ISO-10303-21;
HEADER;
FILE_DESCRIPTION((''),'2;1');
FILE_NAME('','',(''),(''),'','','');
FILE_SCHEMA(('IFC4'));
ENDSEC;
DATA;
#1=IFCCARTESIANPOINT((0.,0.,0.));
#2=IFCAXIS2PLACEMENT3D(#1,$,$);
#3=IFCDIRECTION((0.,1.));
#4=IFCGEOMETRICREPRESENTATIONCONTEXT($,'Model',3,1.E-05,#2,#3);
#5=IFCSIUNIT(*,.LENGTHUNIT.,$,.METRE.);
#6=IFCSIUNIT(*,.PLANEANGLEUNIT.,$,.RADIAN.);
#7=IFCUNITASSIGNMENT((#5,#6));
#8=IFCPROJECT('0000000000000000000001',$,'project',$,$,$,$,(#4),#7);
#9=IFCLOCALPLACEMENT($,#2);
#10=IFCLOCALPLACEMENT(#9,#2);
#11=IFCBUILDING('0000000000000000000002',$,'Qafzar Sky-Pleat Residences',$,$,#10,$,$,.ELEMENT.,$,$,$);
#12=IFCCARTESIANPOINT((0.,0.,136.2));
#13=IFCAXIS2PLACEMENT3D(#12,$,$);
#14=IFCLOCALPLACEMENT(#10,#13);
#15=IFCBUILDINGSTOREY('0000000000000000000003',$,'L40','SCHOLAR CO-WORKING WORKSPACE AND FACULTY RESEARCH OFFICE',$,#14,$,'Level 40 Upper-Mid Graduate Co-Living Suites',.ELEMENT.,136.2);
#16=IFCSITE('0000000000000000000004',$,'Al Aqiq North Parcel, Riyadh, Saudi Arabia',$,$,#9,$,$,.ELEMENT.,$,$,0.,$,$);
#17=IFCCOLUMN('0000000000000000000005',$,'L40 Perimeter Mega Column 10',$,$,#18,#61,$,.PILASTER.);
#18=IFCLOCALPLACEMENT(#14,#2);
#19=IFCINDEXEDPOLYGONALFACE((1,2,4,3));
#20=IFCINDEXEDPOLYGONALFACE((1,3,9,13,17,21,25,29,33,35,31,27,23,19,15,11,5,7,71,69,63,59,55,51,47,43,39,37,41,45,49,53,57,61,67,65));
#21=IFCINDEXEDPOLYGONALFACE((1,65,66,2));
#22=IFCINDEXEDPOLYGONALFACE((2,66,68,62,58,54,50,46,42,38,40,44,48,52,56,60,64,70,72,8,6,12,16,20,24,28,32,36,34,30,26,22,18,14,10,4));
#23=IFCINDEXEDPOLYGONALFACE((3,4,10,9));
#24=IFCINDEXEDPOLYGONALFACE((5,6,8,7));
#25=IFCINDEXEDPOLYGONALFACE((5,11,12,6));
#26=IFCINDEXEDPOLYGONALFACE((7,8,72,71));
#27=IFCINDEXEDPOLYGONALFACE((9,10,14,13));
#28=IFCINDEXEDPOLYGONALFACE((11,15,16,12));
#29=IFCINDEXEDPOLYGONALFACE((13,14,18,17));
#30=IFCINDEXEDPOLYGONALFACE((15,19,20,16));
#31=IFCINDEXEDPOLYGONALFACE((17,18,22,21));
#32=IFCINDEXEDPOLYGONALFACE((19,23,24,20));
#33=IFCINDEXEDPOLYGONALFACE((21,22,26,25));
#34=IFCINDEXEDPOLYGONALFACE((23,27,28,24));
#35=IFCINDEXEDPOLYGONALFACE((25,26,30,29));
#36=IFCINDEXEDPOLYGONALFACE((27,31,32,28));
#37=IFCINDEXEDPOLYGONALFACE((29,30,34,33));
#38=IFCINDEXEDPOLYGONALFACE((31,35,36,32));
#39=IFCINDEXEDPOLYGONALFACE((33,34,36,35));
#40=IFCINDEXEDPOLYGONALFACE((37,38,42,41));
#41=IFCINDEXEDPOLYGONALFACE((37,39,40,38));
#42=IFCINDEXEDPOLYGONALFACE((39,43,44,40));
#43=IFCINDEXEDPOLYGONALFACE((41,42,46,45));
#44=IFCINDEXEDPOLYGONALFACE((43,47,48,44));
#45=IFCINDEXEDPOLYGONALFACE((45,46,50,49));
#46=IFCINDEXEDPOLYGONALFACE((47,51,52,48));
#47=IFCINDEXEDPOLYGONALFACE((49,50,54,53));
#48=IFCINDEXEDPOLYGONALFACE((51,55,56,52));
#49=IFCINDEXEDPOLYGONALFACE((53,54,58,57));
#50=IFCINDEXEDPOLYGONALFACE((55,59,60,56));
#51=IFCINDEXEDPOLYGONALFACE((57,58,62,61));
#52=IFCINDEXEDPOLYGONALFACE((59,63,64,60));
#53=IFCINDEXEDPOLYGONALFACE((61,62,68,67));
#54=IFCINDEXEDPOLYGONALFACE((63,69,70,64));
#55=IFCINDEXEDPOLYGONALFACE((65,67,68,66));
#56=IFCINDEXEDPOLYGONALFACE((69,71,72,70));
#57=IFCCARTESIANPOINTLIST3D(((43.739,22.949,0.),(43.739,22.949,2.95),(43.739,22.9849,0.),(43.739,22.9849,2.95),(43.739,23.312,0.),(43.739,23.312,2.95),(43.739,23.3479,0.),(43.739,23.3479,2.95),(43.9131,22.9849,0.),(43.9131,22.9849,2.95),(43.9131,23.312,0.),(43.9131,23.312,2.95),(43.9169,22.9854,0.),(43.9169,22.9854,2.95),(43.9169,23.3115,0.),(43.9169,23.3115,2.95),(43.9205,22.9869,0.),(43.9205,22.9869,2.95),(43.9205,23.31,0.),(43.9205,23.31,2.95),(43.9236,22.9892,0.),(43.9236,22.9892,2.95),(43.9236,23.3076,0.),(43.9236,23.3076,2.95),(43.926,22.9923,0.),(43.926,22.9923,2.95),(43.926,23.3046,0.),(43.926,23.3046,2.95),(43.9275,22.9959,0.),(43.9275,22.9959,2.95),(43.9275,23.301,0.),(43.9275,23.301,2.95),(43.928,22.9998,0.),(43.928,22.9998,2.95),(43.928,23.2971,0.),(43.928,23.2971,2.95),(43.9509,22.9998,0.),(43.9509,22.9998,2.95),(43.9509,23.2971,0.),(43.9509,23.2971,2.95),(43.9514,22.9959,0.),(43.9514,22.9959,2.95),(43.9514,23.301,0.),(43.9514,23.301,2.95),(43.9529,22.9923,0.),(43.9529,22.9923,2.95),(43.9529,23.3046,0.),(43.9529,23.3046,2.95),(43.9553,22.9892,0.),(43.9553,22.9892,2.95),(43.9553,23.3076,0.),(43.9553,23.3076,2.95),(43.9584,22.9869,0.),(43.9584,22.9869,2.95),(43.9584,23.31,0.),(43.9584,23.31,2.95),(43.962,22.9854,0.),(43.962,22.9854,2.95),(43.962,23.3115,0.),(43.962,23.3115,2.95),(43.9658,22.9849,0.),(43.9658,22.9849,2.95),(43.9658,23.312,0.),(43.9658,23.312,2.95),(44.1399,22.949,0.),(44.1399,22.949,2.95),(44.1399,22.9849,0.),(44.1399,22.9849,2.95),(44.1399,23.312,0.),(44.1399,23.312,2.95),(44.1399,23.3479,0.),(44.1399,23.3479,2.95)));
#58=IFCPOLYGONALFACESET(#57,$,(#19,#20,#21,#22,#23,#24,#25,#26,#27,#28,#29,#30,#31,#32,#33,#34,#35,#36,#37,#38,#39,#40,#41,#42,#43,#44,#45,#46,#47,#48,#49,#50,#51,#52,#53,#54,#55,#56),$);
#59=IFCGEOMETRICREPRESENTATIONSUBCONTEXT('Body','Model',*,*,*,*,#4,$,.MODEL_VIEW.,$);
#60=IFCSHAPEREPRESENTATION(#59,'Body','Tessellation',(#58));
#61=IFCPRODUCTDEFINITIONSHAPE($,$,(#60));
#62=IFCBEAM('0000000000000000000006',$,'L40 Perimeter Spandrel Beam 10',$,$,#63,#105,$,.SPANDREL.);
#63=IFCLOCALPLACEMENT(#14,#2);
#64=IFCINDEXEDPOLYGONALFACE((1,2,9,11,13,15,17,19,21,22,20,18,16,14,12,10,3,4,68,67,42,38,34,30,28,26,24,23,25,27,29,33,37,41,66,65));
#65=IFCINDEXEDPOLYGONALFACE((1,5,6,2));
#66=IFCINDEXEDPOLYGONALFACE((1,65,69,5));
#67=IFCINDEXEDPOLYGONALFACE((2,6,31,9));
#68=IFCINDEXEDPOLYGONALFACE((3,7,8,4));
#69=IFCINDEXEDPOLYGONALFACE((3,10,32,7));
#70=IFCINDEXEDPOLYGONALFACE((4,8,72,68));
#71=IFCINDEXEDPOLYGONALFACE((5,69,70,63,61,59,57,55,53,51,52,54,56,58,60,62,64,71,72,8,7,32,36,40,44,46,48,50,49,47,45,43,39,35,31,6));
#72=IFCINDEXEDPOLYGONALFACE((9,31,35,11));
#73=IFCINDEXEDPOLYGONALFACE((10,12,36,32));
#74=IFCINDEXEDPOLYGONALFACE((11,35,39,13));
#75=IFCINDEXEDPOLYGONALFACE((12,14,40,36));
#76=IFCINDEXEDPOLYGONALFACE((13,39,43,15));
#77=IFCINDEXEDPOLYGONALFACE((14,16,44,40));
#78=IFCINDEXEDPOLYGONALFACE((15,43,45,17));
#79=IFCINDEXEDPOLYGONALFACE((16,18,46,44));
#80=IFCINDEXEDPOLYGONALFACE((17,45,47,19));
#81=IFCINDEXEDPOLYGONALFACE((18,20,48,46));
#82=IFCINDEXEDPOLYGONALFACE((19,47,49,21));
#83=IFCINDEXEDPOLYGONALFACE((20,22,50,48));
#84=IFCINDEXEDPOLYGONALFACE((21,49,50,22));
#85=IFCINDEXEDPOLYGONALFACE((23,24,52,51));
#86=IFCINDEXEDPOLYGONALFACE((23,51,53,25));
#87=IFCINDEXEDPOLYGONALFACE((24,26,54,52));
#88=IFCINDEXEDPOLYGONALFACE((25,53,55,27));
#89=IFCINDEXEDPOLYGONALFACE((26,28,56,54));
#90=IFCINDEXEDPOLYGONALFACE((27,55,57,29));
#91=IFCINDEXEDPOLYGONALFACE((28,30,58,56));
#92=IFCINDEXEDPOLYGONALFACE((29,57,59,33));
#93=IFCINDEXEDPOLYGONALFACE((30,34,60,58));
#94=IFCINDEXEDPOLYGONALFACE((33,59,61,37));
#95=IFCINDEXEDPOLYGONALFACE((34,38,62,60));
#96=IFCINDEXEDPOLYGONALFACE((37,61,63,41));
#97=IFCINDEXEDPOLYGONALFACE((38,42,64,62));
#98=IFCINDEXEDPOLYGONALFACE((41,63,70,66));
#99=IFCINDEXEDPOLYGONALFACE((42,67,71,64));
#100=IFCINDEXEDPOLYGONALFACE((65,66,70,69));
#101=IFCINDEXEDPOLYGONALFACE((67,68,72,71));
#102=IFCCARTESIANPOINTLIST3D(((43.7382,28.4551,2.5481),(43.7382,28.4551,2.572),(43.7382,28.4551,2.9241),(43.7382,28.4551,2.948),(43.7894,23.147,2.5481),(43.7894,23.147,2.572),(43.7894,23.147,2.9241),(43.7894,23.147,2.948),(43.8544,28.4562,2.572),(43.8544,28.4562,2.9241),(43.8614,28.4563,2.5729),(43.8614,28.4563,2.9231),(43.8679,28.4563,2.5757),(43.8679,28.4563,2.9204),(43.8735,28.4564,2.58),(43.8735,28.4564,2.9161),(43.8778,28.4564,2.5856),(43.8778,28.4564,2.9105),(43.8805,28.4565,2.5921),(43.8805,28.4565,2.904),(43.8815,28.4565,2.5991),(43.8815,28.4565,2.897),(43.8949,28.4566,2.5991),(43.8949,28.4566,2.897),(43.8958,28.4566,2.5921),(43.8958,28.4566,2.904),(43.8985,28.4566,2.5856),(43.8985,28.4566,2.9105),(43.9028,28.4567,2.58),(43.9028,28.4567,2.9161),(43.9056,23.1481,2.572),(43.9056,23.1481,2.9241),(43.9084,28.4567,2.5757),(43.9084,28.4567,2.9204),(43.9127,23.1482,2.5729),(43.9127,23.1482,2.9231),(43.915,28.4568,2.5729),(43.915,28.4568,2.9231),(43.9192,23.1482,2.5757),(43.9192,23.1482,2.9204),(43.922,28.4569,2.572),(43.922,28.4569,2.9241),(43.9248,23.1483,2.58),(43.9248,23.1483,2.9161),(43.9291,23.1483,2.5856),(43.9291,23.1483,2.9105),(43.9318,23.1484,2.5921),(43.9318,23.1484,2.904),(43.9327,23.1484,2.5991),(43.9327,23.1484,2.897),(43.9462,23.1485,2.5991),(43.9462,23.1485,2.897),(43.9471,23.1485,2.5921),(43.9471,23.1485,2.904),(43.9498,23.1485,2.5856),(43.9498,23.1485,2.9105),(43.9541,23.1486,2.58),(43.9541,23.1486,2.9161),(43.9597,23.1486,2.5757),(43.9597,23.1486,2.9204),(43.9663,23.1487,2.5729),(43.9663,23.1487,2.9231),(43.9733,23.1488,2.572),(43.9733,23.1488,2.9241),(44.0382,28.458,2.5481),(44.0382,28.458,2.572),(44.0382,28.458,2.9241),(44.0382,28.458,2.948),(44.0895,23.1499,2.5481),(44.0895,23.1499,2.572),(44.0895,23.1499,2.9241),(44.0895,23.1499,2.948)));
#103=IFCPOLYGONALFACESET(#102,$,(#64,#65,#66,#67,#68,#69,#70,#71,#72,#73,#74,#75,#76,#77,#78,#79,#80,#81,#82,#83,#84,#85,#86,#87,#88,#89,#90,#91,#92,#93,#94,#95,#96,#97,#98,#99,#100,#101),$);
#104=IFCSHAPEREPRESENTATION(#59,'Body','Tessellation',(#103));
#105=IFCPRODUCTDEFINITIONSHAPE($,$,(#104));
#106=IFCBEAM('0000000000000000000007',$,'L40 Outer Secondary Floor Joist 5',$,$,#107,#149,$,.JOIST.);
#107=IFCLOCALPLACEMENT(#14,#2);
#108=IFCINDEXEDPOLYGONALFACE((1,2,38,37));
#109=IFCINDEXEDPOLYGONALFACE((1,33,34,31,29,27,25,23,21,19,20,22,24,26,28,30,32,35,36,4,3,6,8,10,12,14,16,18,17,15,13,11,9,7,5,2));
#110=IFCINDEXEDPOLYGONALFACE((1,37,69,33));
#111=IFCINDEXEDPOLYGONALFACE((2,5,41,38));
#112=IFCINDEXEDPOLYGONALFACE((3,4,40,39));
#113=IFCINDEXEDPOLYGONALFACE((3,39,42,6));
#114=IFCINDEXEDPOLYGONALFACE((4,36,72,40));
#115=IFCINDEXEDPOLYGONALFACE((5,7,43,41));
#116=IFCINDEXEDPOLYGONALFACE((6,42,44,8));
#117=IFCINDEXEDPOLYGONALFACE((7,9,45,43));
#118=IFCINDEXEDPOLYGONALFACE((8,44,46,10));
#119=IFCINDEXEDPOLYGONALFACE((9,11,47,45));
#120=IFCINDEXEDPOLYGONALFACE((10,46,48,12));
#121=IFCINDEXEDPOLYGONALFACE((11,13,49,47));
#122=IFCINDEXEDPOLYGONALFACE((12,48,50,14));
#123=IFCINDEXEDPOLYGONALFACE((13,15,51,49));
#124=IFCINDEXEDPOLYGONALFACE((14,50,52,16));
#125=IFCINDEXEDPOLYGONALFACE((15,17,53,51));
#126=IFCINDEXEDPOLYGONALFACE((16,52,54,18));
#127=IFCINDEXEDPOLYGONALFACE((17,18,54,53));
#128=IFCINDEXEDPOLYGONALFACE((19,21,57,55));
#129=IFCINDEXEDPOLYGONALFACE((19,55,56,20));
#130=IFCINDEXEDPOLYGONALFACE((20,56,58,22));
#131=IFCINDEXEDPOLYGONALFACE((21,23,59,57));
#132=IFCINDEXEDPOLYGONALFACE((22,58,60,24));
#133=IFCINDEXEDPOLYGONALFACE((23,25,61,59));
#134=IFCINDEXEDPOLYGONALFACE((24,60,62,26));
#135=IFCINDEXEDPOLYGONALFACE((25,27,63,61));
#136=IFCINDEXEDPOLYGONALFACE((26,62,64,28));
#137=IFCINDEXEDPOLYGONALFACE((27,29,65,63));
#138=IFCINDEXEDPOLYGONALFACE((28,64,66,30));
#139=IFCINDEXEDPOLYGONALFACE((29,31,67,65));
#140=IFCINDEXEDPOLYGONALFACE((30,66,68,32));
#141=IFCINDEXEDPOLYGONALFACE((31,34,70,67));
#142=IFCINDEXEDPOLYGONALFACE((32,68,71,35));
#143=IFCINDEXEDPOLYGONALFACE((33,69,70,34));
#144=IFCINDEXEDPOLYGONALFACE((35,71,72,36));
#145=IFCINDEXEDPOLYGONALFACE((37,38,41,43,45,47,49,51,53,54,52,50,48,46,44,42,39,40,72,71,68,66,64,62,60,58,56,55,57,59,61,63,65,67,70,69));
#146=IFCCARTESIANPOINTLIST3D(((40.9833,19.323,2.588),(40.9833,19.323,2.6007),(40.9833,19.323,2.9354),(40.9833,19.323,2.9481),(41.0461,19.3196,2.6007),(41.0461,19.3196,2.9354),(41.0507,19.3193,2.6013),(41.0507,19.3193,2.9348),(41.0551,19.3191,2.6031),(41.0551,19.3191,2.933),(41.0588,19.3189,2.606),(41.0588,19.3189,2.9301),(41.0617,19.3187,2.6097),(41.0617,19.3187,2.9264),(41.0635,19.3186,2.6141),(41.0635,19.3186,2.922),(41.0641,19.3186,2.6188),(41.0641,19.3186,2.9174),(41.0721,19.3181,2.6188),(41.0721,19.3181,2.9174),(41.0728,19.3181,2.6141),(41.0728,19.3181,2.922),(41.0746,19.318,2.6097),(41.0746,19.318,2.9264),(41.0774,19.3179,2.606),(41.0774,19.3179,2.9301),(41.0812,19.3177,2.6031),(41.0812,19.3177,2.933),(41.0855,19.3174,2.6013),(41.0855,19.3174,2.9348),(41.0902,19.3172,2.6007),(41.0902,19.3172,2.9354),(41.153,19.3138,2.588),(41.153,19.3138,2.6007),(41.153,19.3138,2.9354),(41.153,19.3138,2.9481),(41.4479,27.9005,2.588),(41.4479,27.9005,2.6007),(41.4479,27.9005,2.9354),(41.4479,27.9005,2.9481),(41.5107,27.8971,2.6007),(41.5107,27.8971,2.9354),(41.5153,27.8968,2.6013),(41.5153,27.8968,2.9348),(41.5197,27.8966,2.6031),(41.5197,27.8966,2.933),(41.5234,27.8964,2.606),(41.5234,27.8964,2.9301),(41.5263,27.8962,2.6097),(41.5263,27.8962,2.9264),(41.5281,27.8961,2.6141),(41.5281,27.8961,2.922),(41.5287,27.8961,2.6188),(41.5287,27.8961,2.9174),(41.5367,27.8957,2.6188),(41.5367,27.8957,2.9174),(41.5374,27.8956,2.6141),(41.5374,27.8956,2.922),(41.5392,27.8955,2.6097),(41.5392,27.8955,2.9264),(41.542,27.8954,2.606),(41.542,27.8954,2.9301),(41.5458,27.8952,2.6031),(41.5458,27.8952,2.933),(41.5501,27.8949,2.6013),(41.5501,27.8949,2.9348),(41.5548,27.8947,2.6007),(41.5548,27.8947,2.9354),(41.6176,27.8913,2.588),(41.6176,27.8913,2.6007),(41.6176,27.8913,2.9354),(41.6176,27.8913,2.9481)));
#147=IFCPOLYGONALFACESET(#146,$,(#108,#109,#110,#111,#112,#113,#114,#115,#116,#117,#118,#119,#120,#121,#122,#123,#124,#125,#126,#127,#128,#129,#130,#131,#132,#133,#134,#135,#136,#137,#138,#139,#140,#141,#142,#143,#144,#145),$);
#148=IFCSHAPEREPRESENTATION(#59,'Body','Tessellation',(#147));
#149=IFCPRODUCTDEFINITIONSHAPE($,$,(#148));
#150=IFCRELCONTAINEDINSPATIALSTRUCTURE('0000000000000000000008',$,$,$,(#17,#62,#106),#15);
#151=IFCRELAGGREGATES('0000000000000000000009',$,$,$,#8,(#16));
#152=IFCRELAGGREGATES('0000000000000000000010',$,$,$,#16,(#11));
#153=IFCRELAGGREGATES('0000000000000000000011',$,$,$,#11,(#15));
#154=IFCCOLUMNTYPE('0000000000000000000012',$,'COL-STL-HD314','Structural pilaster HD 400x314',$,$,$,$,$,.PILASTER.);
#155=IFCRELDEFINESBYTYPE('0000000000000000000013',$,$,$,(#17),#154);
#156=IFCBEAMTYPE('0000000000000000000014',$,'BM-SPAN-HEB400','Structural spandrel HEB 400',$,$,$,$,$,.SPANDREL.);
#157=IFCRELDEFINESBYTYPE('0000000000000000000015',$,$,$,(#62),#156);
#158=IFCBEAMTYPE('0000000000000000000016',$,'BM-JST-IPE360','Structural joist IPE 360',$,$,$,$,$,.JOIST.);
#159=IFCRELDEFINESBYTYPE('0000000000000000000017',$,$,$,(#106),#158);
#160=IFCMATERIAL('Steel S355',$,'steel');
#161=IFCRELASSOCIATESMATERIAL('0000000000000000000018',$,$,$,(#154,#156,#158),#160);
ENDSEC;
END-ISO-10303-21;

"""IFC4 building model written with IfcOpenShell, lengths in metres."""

from ifc_helpers import new_model, si_unit, direction, frame, origin, origin_2d, place, context, subcontext, project, spatial, i_section, extrude, source, transform, mapped, material, material_profile, profile_set, type_object, element, save


model = new_model("IFC4")

# Units and contexts
model_context = context("Model", 3, precision=1e-05, world=origin(), true_north=direction((0.0, 1.0)))
body_context = subcontext(model_context, "Body", "Model", "MODEL_VIEW")
ifc_project = project(units=[si_unit("LENGTHUNIT", "METRE"), si_unit("PLANEANGLEUNIT", "RADIAN")], contexts=[model_context])

# Site, building, storey
site_placement = place(None, origin())
site = spatial("IfcSite", under=ifc_project, at=site_placement, Name="Al Aqiq North Parcel, Riyadh, Saudi Arabia", CompositionType="ELEMENT", RefElevation=0.0)
building_placement = place(site_placement, origin())
building = spatial("IfcBuilding", under=site, at=building_placement, Name="Qafzar Sky-Pleat Residences", CompositionType="ELEMENT")
storey_placement = place(building_placement, frame((0.0, 0.0, 136.2)))
storey = spatial("IfcBuildingStorey", under=building, at=storey_placement, Name="L40", Description="SCHOLAR CO-WORKING WORKSPACE AND FACULTY RESEARCH OFFICE", LongName="Level 40 Upper-Mid Graduate Co-Living Suites", CompositionType="ELEMENT", Elevation=136.2)

# Column
ifc_material_1 = material(Name="Steel S355", Category="steel")
ifc_material_profile_1 = material_profile(ifc_material_1, i_section(OverallWidth=0.4009, OverallDepth=0.3989, WebThickness=0.0229, FlangeThickness=0.0359, FilletRadius=0.0149, at=origin_2d()), Name="HD 400x314")
ifc_profile_set_1 = profile_set([ifc_material_profile_1], Name="Steel S355")
column_type = type_object("IfcColumnType", Name="COL-STL-HD314", Description="Structural pilaster HD 400x314", PredefinedType="PILASTER", material=ifc_profile_set_1)
shared_shape_1 = source(origin(), body_context, "Body", "SweptSolid", [
    extrude(i_section(OverallWidth=0.4009, OverallDepth=0.3989, WebThickness=0.0229, FlangeThickness=0.0359, FilletRadius=0.0149, at=origin_2d()), origin(), (0.0, 0.0, 1.0), 2.95),
])
column_placement = place(storey_placement, frame((43.9395, 23.1484, 0.0), z_axis=(0.0, 0.0, 1.0), x_axis=(1.0, 0.0, 0.0)))
element("IfcColumn", 1, at=column_placement, inside=storey, type_object=column_type, Name="L40 Perimeter Mega Column 10", PredefinedType="PILASTER", context=body_context, shape_type="MappedRepresentation", body=[
    mapped(shared_shape_1, transform((0.0, 0.0, 0.0), x_axis=(1.0, 0.0, 0.0), y_axis=(0.0, 1.0, 0.0), z_axis=(0.0, 0.0, 1.0), scale=1.0)),
])

# Beams
ifc_material_profile_2 = material_profile(ifc_material_1, i_section(OverallWidth=0.3, OverallDepth=0.3999, WebThickness=0.0134, FlangeThickness=0.0239, FilletRadius=0.0271, at=origin_2d()), Name="HEB 400")
ifc_profile_set_2 = profile_set([ifc_material_profile_2], Name="Steel S355")
beam_type_1 = type_object("IfcBeamType", Name="BM-SPAN-HEB400", Description="Structural spandrel HEB 400", PredefinedType="SPANDREL", material=ifc_profile_set_2)
shared_shape_2 = source(origin(), body_context, "Body", "SweptSolid", [
    extrude(i_section(OverallWidth=0.3, OverallDepth=0.3999, WebThickness=0.0134, FlangeThickness=0.0239, FilletRadius=0.0271, at=origin_2d()), origin(), (0.0, 0.0, 1.0), 5.3083),
])
beam_1_placement = place(storey_placement, frame((43.9395, 23.1484, 2.748), z_axis=(-0.009658, 0.999953, 0.0), x_axis=(-0.999953, -0.009658, 0.0)))
element("IfcBeam", 2, at=beam_1_placement, inside=storey, type_object=beam_type_1, Name="L40 Perimeter Spandrel Beam 10", PredefinedType="SPANDREL", context=body_context, shape_type="MappedRepresentation", body=[
    mapped(shared_shape_2, transform((0.0, 0.0, 0.0), x_axis=(1.0, 0.0, 0.0), y_axis=(0.0, 1.0, 0.0), z_axis=(0.0, 0.0, 1.0), scale=1.0)),
])
ifc_material_profile_3 = material_profile(ifc_material_1, i_section(OverallWidth=0.1699, OverallDepth=0.3601, WebThickness=0.0081, FlangeThickness=0.0127, FilletRadius=0.0181, at=origin_2d()), Name="IPE 360")
ifc_profile_set_3 = profile_set([ifc_material_profile_3], Name="Steel S355")
beam_type_2 = type_object("IfcBeamType", Name="BM-JST-IPE360", Description="Structural joist IPE 360", PredefinedType="JOIST", material=ifc_profile_set_3)
shared_shape_3 = source(origin(), body_context, "Body", "SweptSolid", [
    extrude(i_section(OverallWidth=0.1699, OverallDepth=0.3601, WebThickness=0.0081, FlangeThickness=0.0127, FilletRadius=0.0181, at=origin_2d()), origin(), (0.0, 0.0, 1.0), 8.5901),
])
beam_2_placement = place(storey_placement, frame((41.0681, 19.3184, 2.7681), z_axis=(0.054086, 0.998536, 0.0), x_axis=(-0.998536, 0.054086, 0.0)))
element("IfcBeam", 3, at=beam_2_placement, inside=storey, type_object=beam_type_2, Name="L40 Outer Secondary Floor Joist 5", PredefinedType="JOIST", context=body_context, shape_type="MappedRepresentation", body=[
    mapped(shared_shape_3, transform((0.0, 0.0, 0.0), x_axis=(1.0, 0.0, 0.0), y_axis=(0.0, 1.0, 0.0), z_axis=(0.0, 0.0, 1.0), scale=1.0)),
])

save(model, "model.ifc")
